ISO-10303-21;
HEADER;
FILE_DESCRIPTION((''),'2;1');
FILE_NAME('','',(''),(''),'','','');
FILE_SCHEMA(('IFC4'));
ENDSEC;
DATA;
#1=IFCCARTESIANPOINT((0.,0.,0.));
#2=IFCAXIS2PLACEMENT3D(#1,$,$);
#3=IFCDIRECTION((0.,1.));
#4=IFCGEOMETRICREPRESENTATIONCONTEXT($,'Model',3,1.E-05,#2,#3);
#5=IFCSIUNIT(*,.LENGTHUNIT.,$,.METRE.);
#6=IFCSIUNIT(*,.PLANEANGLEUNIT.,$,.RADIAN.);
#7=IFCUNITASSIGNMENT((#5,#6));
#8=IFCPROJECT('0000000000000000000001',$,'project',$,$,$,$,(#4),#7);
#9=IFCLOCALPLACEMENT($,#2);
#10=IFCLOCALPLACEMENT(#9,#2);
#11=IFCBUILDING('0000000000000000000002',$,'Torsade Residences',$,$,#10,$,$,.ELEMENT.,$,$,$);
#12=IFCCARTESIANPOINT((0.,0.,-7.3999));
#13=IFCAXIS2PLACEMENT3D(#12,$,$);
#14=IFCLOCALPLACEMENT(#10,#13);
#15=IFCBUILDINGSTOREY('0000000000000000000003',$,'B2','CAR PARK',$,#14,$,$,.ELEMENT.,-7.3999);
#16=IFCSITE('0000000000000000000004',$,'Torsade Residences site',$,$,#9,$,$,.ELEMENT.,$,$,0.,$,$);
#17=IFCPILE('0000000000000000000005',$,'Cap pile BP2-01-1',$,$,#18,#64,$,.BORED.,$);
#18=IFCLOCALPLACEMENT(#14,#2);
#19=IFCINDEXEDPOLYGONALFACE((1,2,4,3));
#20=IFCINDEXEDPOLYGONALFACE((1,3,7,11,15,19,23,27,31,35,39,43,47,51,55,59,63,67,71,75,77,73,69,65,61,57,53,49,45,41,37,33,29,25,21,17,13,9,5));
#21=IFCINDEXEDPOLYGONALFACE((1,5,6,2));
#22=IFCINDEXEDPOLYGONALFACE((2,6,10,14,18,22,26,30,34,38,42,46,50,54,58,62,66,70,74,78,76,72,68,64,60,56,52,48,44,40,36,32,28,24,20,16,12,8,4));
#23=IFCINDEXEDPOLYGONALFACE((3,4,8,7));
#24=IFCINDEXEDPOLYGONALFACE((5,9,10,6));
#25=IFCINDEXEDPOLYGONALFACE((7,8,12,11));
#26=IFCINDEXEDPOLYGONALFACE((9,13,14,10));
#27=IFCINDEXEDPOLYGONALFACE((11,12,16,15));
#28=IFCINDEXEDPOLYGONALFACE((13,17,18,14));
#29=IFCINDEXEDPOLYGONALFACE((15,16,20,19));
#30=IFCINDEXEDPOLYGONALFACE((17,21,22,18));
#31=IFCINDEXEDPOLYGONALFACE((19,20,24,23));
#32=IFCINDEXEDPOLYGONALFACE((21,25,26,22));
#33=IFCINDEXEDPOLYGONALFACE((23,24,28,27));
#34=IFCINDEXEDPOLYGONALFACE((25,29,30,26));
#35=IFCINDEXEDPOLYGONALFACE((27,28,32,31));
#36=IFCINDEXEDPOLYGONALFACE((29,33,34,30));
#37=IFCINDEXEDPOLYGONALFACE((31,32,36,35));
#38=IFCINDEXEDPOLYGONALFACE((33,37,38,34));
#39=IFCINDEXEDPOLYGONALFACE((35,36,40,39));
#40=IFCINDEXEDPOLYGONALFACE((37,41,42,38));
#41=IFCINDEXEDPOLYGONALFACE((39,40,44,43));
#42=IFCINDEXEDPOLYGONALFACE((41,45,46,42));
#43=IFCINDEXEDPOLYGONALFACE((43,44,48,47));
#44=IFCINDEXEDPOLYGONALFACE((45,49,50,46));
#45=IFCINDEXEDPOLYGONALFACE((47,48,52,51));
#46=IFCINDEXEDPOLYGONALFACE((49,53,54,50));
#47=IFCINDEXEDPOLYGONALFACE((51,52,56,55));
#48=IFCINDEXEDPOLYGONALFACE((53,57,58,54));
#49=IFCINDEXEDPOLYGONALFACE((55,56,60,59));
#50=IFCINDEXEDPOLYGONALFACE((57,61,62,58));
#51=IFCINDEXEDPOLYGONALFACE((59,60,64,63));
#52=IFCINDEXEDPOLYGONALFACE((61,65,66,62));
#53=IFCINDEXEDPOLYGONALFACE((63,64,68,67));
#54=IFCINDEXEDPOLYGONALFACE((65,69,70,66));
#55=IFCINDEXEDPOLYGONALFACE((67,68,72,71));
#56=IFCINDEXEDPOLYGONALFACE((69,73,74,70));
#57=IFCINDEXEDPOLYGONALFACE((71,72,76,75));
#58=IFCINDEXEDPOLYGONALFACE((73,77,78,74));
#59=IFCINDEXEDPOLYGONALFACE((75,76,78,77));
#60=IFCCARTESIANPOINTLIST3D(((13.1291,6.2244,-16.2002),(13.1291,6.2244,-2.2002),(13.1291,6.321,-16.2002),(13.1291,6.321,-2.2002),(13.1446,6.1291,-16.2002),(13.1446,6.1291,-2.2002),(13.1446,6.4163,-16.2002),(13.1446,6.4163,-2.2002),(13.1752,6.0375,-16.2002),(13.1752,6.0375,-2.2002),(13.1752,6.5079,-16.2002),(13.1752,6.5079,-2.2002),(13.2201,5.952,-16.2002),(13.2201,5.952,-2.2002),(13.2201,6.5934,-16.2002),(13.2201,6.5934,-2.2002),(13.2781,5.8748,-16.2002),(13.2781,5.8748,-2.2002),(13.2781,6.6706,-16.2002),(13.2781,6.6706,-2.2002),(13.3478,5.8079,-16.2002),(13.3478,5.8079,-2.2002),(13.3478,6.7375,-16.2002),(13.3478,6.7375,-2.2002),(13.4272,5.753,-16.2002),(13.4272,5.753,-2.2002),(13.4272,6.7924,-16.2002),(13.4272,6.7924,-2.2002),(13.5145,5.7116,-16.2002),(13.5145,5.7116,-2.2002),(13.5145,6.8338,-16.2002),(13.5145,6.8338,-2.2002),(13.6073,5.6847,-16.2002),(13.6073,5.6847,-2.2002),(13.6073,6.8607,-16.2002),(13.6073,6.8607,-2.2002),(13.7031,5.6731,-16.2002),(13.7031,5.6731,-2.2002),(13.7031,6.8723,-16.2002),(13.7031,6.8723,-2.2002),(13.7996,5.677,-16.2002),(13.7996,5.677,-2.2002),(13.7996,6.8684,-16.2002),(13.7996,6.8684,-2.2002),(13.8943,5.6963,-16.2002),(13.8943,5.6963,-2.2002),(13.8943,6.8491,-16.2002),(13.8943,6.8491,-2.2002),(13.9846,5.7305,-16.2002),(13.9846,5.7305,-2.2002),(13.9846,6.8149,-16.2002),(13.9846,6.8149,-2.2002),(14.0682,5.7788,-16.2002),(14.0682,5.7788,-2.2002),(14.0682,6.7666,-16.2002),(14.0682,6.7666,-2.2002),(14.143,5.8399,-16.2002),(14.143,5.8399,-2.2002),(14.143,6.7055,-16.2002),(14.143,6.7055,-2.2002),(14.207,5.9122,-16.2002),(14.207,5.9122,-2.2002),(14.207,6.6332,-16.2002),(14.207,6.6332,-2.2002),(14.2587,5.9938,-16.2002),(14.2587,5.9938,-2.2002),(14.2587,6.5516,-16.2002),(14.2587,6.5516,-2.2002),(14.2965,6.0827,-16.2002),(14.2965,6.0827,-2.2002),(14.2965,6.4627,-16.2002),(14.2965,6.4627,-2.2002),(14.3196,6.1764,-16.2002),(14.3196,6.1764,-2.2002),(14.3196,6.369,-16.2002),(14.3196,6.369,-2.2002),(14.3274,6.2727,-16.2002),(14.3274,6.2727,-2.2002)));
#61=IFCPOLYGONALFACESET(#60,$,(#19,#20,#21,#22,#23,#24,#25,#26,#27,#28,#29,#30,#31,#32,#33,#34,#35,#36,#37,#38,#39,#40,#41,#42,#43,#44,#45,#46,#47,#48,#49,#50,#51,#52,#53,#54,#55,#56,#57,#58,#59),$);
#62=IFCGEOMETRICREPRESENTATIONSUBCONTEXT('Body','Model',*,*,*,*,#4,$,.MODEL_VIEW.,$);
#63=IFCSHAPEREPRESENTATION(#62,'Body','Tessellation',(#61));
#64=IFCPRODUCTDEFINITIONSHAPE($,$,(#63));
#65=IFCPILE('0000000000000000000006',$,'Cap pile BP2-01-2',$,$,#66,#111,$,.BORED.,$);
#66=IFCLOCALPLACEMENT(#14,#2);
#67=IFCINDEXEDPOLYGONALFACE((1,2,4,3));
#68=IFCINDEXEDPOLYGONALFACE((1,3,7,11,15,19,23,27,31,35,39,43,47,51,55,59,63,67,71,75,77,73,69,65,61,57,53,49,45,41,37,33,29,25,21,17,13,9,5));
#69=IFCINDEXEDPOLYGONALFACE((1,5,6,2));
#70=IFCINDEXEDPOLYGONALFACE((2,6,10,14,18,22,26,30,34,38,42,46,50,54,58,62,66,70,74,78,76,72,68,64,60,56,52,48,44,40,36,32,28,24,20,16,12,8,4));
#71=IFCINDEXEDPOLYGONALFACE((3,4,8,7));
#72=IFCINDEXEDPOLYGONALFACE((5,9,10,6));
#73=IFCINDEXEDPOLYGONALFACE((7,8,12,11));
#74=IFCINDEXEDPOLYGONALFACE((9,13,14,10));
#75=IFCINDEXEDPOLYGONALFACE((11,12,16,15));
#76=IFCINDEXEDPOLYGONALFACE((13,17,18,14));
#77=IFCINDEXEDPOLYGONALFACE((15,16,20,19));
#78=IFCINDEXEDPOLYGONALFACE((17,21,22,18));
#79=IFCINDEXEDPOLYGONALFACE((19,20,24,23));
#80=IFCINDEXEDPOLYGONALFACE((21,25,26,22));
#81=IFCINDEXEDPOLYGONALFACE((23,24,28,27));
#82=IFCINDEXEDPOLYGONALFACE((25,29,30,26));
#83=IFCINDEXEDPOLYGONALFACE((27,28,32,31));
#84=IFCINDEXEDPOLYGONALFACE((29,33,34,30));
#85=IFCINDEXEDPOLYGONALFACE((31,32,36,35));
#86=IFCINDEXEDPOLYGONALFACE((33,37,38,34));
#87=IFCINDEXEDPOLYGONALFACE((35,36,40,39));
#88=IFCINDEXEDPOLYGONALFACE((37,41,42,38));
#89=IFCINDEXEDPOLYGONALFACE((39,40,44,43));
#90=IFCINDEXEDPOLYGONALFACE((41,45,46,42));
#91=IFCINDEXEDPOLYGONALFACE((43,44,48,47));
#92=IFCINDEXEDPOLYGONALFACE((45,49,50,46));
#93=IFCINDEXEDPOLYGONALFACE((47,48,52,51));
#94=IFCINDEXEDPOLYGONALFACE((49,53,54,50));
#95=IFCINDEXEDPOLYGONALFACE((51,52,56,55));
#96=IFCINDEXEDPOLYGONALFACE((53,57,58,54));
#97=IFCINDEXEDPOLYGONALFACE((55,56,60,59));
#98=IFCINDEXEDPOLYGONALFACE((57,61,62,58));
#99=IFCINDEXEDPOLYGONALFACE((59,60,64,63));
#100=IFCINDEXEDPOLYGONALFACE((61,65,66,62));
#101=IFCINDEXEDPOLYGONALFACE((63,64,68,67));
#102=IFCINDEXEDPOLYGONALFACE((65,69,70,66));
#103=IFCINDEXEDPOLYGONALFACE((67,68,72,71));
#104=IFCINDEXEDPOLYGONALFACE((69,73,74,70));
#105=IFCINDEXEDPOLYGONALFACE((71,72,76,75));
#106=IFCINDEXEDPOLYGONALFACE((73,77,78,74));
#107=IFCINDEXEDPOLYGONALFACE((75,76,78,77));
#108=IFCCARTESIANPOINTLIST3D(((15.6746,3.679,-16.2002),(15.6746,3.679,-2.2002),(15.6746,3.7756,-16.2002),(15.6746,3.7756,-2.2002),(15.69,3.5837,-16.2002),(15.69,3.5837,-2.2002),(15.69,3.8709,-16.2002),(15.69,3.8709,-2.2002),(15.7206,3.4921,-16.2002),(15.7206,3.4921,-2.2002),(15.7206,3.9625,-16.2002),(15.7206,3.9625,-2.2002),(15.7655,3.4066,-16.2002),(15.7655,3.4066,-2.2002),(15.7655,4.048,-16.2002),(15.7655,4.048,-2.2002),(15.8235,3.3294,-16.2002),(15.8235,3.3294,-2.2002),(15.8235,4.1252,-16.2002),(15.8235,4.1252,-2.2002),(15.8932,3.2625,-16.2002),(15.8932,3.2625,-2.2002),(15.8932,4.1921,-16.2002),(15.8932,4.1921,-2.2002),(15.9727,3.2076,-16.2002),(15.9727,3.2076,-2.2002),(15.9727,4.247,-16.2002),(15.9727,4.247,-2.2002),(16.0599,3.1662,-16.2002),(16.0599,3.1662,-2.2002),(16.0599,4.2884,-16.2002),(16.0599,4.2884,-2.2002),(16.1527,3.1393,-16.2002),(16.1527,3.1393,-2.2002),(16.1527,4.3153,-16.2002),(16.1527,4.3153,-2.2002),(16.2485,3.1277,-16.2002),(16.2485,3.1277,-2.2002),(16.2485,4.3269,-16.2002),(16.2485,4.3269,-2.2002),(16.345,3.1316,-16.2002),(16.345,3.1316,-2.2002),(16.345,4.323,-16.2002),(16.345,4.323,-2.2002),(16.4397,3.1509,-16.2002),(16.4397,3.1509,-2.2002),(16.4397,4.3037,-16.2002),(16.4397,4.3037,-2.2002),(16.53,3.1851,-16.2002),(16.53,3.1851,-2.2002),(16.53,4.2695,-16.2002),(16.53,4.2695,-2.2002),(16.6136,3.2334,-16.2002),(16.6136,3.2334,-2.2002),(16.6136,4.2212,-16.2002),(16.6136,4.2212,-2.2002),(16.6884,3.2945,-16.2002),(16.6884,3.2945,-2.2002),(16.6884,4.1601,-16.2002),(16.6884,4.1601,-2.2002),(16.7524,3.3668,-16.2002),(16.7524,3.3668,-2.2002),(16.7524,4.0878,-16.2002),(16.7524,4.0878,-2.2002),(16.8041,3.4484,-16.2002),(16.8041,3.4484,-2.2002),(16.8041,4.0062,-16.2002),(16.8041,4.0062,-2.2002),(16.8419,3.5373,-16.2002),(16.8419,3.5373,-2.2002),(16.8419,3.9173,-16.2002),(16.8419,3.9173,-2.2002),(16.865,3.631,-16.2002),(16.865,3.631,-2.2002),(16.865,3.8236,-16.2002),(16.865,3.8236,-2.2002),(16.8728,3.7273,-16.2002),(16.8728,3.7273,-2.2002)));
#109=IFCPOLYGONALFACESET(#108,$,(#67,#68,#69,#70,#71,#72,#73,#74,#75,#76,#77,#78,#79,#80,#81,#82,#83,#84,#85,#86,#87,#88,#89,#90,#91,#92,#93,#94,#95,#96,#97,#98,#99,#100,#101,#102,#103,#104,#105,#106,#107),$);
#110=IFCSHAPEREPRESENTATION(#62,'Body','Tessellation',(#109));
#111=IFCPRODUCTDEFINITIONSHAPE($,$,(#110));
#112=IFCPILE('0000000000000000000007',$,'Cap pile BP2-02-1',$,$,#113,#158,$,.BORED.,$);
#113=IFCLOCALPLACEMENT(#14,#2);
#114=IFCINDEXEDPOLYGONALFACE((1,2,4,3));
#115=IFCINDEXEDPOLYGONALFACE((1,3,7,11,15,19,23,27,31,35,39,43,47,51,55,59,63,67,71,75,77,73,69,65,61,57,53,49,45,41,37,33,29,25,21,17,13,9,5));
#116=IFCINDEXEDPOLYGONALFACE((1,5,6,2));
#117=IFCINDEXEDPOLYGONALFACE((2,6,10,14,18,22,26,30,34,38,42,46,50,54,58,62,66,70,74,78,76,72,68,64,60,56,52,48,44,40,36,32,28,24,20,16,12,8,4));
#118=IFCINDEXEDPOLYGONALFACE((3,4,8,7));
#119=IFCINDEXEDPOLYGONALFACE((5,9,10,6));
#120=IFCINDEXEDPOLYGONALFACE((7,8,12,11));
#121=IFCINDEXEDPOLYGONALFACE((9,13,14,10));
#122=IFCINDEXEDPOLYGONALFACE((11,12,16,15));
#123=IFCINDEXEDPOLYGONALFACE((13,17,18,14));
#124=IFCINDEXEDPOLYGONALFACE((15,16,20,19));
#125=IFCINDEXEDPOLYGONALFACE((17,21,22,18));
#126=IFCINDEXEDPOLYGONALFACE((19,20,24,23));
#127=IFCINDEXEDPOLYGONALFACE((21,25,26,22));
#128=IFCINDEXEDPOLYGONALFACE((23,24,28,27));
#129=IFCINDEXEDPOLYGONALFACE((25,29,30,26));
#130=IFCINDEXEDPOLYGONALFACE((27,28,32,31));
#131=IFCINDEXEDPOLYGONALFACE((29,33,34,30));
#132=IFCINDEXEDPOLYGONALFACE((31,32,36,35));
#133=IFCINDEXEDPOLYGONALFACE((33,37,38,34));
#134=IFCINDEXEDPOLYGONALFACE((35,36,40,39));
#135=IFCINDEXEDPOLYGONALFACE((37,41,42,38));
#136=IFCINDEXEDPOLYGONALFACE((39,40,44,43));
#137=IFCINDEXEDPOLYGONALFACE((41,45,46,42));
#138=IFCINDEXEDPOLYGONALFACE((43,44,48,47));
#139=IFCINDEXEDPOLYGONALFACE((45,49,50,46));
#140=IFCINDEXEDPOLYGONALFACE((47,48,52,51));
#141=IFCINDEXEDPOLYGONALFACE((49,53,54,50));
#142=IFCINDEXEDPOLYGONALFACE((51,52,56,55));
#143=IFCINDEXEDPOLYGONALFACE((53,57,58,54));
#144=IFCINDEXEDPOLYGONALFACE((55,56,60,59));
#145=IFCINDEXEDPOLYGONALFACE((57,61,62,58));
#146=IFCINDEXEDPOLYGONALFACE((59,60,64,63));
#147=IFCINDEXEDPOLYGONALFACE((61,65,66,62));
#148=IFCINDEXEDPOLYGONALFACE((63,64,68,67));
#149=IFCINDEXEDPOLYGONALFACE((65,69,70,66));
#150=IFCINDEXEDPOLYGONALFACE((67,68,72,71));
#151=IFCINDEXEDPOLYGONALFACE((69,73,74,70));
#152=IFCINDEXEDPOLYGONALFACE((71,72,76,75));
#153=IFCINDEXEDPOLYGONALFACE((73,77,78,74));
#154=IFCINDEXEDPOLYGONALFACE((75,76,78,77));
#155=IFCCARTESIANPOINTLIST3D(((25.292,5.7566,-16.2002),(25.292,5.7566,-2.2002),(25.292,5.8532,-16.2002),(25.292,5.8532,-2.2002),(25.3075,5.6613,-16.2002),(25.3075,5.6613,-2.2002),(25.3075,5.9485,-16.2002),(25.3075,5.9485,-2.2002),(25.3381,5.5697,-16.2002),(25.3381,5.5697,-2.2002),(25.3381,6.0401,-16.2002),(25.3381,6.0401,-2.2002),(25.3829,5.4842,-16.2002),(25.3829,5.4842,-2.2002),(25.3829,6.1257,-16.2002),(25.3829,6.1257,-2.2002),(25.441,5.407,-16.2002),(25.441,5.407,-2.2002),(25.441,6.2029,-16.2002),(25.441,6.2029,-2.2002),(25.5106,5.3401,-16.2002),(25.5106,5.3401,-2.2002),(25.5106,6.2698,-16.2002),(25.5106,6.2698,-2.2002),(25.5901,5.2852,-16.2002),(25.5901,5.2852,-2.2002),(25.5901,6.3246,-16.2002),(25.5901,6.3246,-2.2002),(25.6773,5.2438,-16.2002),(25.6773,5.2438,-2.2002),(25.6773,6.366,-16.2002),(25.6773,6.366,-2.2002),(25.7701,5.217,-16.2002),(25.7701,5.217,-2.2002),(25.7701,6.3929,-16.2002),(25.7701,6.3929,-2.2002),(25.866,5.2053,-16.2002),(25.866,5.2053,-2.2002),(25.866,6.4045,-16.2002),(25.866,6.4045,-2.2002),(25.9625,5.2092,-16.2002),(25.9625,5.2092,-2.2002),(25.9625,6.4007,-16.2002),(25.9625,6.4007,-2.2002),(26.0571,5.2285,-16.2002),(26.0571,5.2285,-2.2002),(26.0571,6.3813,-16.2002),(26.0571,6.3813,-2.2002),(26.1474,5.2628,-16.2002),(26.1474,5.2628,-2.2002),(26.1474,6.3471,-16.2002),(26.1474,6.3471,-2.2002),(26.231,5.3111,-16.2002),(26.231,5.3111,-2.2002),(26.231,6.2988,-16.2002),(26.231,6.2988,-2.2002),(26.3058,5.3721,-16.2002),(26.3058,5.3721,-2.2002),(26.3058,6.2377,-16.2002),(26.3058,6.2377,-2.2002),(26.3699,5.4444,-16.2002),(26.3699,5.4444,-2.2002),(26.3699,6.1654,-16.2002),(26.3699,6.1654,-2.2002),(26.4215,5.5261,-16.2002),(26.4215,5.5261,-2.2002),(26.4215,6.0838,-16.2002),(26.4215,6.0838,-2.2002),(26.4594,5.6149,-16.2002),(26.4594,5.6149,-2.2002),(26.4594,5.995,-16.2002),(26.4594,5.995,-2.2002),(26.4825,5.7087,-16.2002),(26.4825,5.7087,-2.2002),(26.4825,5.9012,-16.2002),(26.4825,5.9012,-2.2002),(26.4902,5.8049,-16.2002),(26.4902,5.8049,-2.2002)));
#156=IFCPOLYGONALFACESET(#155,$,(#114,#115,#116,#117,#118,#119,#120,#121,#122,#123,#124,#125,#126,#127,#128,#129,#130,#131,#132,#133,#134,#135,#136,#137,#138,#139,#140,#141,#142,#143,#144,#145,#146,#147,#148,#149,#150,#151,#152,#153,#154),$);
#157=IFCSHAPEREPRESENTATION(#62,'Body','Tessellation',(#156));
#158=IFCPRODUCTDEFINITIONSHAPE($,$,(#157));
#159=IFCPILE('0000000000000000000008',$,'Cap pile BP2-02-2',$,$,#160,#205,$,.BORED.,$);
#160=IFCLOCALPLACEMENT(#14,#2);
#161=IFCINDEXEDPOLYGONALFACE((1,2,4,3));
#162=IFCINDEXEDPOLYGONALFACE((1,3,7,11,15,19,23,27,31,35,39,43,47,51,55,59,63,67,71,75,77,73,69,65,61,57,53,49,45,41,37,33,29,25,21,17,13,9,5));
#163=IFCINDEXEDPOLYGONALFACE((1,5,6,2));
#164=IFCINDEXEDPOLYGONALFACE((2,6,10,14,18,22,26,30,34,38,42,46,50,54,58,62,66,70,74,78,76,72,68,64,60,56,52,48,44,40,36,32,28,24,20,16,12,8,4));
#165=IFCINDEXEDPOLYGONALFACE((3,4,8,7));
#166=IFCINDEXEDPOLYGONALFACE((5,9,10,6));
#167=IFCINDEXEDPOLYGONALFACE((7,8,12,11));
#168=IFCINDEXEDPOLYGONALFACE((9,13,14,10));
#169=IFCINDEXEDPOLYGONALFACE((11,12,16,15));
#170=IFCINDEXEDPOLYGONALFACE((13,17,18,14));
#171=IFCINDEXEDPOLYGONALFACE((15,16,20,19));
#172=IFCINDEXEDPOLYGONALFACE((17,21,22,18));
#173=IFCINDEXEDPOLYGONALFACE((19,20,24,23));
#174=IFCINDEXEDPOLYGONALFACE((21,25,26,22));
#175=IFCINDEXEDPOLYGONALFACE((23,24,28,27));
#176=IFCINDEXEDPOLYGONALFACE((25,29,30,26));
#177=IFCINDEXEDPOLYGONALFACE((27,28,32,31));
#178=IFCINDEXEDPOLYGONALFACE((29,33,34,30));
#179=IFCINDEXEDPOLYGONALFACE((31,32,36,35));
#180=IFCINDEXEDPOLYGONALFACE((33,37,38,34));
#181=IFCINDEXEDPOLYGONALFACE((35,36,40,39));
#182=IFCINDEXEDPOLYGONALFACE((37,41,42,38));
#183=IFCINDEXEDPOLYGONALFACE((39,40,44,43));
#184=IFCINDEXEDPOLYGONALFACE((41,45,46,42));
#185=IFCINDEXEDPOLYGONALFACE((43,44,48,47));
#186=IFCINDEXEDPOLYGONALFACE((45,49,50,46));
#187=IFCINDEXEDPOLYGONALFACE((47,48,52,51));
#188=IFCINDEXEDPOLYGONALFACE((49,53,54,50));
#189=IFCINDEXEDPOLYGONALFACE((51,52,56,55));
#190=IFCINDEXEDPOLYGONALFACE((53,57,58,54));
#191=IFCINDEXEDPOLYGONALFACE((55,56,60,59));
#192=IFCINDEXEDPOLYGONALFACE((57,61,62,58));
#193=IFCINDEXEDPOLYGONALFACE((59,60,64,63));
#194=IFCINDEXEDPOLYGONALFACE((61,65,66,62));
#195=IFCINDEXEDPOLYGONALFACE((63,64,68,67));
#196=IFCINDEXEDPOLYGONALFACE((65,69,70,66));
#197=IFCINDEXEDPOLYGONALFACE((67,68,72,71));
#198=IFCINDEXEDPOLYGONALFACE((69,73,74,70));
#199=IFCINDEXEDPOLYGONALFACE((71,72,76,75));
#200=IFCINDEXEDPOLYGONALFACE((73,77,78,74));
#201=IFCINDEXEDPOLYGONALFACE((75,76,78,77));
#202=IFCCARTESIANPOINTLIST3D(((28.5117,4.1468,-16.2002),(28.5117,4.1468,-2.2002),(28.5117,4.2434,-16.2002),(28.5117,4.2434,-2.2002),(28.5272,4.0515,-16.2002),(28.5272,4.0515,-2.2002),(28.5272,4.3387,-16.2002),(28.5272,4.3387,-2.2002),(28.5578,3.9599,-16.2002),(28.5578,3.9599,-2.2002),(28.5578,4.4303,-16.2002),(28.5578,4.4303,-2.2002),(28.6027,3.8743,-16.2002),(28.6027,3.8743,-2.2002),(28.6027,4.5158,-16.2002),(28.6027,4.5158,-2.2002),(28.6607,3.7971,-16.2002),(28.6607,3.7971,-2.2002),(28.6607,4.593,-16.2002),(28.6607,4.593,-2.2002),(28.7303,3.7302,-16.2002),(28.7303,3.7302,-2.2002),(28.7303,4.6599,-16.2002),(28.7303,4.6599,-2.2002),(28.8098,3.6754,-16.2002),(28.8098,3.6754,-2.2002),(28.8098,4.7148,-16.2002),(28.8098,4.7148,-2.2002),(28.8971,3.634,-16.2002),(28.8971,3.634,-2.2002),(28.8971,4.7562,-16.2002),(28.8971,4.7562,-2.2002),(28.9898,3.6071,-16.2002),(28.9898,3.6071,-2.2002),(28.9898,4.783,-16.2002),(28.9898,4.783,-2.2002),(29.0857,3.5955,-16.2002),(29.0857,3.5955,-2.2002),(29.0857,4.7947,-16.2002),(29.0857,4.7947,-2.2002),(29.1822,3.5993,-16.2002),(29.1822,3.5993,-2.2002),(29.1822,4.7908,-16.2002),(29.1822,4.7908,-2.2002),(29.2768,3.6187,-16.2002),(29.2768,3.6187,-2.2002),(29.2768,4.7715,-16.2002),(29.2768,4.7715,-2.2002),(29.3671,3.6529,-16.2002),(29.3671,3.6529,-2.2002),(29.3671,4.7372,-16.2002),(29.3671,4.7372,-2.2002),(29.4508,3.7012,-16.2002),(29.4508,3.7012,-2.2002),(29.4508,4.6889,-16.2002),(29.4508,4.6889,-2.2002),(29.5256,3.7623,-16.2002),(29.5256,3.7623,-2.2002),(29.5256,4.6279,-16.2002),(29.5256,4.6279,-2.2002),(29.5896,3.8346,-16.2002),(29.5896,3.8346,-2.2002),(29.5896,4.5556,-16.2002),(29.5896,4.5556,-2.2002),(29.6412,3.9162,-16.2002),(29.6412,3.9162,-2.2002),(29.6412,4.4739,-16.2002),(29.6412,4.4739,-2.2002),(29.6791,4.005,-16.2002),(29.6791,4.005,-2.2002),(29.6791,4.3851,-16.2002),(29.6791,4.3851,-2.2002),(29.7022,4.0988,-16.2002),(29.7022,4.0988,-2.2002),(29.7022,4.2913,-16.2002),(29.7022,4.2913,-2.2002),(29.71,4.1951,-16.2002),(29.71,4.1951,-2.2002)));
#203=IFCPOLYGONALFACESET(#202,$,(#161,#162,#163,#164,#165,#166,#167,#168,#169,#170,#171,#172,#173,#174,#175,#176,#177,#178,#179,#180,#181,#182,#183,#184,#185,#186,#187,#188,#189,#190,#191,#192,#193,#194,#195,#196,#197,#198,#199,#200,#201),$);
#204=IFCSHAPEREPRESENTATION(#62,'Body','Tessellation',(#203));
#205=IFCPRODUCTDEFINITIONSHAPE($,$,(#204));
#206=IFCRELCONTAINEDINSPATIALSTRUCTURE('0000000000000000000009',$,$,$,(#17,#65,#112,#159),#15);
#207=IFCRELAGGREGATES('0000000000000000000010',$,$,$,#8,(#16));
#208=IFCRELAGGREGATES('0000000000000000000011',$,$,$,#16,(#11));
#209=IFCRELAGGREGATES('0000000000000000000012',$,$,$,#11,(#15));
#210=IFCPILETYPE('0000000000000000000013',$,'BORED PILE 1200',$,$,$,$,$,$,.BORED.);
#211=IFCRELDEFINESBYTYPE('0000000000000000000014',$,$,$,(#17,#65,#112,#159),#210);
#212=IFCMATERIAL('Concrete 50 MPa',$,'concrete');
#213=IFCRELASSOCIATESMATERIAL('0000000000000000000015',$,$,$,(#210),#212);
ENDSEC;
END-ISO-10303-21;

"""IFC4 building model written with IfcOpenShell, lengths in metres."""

from ifc_helpers import new_model, si_unit, direction, frame, origin, origin_2d, place, context, subcontext, project, spatial, circle, extrude, material, type_object, element, save


model = new_model("IFC4")

# Units and contexts
model_context = context("Model", 3, precision=1e-05, world=origin(), true_north=direction((0.0, 1.0)))
body_context = subcontext(model_context, "Body", "Model", "MODEL_VIEW")
ifc_project = project(units=[si_unit("LENGTHUNIT", "METRE"), si_unit("PLANEANGLEUNIT", "RADIAN")], contexts=[model_context])

# Site, building, storey
site_placement = place(None, origin())
site = spatial("IfcSite", under=ifc_project, at=site_placement, Name="Torsade Residences site", CompositionType="ELEMENT", RefElevation=0.0)
building_placement = place(site_placement, origin())
building = spatial("IfcBuilding", under=site, at=building_placement, Name="Torsade Residences", CompositionType="ELEMENT")
storey_placement = place(building_placement, frame((0.0, 0.0, -7.3999)))
storey = spatial("IfcBuildingStorey", under=building, at=storey_placement, Name="B2", Description="CAR PARK", CompositionType="ELEMENT", Elevation=-7.3999)

# Piles
ifc_material_1 = material(Name="Concrete 50 MPa", Category="concrete")
pile_type = type_object("IfcPileType", Name="BORED PILE 1200", PredefinedType="BORED", material=ifc_material_1)
for number, where, z_axis, x_axis, name in (
    (1, (13.7273, 6.2727, -2.2002), (0.0, 0.0, -1.0), (1.0, 0.0, 0.0), "Cap pile BP2-01-1"),
    (2, (16.2727, 3.7273, -2.2002), (0.0, 0.0, -1.0), (1.0, 0.0, 0.0), "Cap pile BP2-01-2"),
    (3, (25.8901, 5.8049, -2.2002), (0.0, 0.0, -1.0), (1.0, 0.0, 0.0), "Cap pile BP2-02-1"),
    (4, (29.1099, 4.1951, -2.2002), (0.0, 0.0, -1.0), (1.0, 0.0, 0.0), "Cap pile BP2-02-2"),
):
    element("IfcPile", number, at=place(storey_placement, frame(where, z_axis=z_axis, x_axis=x_axis)), inside=storey, type_object=pile_type, Name=name, PredefinedType="BORED", context=body_context, shape_type="SweptSolid", body=[
        extrude(circle(Radius=0.6001, at=origin_2d()), origin(), (0.0, 0.0, 1.0), 14.0),
    ])

save(model, "model.ifc")
